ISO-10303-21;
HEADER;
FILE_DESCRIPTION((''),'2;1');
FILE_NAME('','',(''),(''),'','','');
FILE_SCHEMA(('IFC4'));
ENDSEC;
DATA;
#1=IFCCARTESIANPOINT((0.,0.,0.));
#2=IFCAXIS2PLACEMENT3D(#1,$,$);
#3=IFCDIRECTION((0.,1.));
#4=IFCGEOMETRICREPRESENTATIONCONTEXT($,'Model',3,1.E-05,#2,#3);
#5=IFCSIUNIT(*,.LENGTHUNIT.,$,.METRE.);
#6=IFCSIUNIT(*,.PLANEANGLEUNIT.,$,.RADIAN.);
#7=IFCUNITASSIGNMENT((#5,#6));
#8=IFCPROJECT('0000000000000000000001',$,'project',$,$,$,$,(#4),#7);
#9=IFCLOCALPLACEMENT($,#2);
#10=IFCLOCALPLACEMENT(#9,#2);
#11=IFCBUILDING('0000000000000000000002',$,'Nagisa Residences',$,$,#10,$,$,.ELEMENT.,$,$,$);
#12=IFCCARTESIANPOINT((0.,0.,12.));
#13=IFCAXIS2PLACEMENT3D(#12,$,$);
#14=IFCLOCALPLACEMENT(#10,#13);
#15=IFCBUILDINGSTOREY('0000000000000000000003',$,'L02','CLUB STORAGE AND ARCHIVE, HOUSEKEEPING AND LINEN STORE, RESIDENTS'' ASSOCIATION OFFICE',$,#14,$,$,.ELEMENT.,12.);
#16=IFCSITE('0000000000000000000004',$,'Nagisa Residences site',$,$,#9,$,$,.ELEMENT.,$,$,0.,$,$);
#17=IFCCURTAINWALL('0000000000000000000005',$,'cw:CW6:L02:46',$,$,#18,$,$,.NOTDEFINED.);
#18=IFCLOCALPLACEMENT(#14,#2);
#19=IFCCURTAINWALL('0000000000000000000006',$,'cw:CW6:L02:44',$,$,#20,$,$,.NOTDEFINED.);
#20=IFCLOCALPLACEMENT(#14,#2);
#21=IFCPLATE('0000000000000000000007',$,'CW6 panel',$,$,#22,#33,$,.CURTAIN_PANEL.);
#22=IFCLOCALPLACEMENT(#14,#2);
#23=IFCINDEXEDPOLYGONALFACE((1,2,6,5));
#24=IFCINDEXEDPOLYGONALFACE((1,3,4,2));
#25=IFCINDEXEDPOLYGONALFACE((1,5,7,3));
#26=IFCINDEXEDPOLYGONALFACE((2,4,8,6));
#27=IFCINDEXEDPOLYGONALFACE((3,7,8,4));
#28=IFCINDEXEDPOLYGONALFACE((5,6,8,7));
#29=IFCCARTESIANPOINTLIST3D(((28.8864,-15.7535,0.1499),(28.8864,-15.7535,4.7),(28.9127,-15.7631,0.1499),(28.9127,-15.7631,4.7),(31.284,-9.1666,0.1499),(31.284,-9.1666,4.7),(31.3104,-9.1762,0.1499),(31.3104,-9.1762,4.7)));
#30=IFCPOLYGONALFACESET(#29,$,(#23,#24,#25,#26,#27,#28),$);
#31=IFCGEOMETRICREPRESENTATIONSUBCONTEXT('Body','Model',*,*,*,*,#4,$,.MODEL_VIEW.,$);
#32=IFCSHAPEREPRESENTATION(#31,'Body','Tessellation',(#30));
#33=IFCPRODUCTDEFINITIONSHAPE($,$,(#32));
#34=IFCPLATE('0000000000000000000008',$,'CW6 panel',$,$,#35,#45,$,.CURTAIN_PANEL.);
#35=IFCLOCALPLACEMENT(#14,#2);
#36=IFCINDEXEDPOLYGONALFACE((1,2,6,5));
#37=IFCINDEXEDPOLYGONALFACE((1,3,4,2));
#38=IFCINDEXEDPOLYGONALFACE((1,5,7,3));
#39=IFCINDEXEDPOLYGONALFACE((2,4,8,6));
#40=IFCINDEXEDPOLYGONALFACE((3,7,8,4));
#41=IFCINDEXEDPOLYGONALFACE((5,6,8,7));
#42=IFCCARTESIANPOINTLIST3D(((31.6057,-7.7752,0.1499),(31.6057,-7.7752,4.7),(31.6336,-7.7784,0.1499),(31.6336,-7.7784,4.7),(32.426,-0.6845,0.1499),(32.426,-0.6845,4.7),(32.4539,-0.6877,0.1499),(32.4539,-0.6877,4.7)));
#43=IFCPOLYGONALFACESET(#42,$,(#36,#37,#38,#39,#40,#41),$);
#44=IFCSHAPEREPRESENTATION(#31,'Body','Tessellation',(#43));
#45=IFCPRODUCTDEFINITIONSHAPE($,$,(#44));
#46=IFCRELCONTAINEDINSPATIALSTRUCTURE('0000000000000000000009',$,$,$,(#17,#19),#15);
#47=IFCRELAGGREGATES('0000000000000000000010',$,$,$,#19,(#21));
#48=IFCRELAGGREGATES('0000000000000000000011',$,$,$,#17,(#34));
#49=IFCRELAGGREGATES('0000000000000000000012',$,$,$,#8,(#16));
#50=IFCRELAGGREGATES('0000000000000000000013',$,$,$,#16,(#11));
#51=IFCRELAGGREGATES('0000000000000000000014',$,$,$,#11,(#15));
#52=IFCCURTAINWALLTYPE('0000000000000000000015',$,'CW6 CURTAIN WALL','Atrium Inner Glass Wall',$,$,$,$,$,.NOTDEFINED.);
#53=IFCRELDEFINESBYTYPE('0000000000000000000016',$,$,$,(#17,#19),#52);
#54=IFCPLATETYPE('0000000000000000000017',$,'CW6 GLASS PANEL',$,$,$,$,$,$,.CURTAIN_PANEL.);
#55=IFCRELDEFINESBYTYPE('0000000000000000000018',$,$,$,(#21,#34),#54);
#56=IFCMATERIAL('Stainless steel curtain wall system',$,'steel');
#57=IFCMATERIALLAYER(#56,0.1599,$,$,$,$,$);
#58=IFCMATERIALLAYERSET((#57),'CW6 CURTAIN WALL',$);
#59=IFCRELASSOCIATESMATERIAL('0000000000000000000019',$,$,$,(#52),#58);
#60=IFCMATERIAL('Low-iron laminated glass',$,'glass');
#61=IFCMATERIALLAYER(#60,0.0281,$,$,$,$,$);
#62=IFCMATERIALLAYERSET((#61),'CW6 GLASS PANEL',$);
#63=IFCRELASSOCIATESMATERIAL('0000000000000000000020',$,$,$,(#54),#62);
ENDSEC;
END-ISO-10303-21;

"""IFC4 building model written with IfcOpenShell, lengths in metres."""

from ifc_helpers import new_model, si_unit, direction, frame, origin, origin_2d, place, context, subcontext, project, spatial, rectangle, extrude, material, layer, layer_set, type_object, element, aggregate, save


model = new_model("IFC4")

# Units and contexts
model_context = context("Model", 3, precision=1e-05, world=origin(), true_north=direction((0.0, 1.0)))
body_context = subcontext(model_context, "Body", "Model", "MODEL_VIEW")
ifc_project = project(units=[si_unit("LENGTHUNIT", "METRE"), si_unit("PLANEANGLEUNIT", "RADIAN")], contexts=[model_context])

# Site, building, storey
site_placement = place(None, origin())
site = spatial("IfcSite", under=ifc_project, at=site_placement, Name="Nagisa Residences site", CompositionType="ELEMENT", RefElevation=0.0)
building_placement = place(site_placement, origin())
building = spatial("IfcBuilding", under=site, at=building_placement, Name="Nagisa Residences", CompositionType="ELEMENT")
storey_placement = place(building_placement, frame((0.0, 0.0, 12.0)))
storey = spatial("IfcBuildingStorey", under=building, at=storey_placement, Name="L02", Description="CLUB STORAGE AND ARCHIVE, HOUSEKEEPING AND LINEN STORE, RESIDENTS' ASSOCIATION OFFICE", CompositionType="ELEMENT", Elevation=12.0)

# Curtain wall
ifc_material_1 = material(Name="Stainless steel curtain wall system", Category="steel")
ifc_layer_1 = layer(ifc_material_1, 0.1599)
ifc_layer_set_1 = layer_set([ifc_layer_1], Name="CW6 CURTAIN WALL")
curtain_wall_type_1 = type_object("IfcCurtainWallType", Name="CW6 CURTAIN WALL", Description="Atrium Inner Glass Wall", PredefinedType="NOTDEFINED", material=ifc_layer_set_1)
curtain_wall_1_placement = place(storey_placement, origin())
curtain_wall_1 = element("IfcCurtainWall", 1, at=curtain_wall_1_placement, inside=storey, type_object=curtain_wall_type_1, Name="cw:CW6:L02:46", PredefinedType="NOTDEFINED")

# Curtain wall, plate
curtain_wall_2_placement = place(storey_placement, origin())
curtain_wall_2 = element("IfcCurtainWall", 2, at=curtain_wall_2_placement, inside=storey, type_object=curtain_wall_type_1, Name="cw:CW6:L02:44", PredefinedType="NOTDEFINED")
ifc_material_2 = material(Name="Low-iron laminated glass", Category="glass")
ifc_layer_2 = layer(ifc_material_2, 0.0281)
ifc_layer_set_2 = layer_set([ifc_layer_2], Name="CW6 GLASS PANEL")
plate_type_1 = type_object("IfcPlateType", Name="CW6 GLASS PANEL", PredefinedType="CURTAIN_PANEL", material=ifc_layer_set_2)
plate_1_placement = place(storey_placement, frame((30.0984, -12.4648, 0.1499), z_axis=(0.0, 0.0, 1.0), x_axis=(0.34205, 0.939682, 0.0)))
plate_1 = element("IfcPlate", 3, at=plate_1_placement, type_object=plate_type_1, Name="CW6 panel", PredefinedType="CURTAIN_PANEL", context=body_context, shape_type="SweptSolid", body=[
    extrude(rectangle(XDim=7.0098, YDim=0.0281, at=origin_2d()), origin(), (0.0, 0.0, 1.0), 4.55),
])
aggregate(curtain_wall_2, [plate_1])

# Plate
plate_2_placement = place(storey_placement, frame((32.0298, -4.2314, 0.1499), z_axis=(0.0, 0.0, 1.0), x_axis=(0.114928, 0.993374, 0.0)))
plate_2 = element("IfcPlate", 4, at=plate_2_placement, type_object=plate_type_1, Name="CW6 panel", PredefinedType="CURTAIN_PANEL", context=body_context, shape_type="SweptSolid", body=[
    extrude(rectangle(XDim=7.1379, YDim=0.0281, at=origin_2d()), origin(), (0.0, 0.0, 1.0), 4.55),
])
aggregate(curtain_wall_1, [plate_2])

save(model, "model.ifc")
